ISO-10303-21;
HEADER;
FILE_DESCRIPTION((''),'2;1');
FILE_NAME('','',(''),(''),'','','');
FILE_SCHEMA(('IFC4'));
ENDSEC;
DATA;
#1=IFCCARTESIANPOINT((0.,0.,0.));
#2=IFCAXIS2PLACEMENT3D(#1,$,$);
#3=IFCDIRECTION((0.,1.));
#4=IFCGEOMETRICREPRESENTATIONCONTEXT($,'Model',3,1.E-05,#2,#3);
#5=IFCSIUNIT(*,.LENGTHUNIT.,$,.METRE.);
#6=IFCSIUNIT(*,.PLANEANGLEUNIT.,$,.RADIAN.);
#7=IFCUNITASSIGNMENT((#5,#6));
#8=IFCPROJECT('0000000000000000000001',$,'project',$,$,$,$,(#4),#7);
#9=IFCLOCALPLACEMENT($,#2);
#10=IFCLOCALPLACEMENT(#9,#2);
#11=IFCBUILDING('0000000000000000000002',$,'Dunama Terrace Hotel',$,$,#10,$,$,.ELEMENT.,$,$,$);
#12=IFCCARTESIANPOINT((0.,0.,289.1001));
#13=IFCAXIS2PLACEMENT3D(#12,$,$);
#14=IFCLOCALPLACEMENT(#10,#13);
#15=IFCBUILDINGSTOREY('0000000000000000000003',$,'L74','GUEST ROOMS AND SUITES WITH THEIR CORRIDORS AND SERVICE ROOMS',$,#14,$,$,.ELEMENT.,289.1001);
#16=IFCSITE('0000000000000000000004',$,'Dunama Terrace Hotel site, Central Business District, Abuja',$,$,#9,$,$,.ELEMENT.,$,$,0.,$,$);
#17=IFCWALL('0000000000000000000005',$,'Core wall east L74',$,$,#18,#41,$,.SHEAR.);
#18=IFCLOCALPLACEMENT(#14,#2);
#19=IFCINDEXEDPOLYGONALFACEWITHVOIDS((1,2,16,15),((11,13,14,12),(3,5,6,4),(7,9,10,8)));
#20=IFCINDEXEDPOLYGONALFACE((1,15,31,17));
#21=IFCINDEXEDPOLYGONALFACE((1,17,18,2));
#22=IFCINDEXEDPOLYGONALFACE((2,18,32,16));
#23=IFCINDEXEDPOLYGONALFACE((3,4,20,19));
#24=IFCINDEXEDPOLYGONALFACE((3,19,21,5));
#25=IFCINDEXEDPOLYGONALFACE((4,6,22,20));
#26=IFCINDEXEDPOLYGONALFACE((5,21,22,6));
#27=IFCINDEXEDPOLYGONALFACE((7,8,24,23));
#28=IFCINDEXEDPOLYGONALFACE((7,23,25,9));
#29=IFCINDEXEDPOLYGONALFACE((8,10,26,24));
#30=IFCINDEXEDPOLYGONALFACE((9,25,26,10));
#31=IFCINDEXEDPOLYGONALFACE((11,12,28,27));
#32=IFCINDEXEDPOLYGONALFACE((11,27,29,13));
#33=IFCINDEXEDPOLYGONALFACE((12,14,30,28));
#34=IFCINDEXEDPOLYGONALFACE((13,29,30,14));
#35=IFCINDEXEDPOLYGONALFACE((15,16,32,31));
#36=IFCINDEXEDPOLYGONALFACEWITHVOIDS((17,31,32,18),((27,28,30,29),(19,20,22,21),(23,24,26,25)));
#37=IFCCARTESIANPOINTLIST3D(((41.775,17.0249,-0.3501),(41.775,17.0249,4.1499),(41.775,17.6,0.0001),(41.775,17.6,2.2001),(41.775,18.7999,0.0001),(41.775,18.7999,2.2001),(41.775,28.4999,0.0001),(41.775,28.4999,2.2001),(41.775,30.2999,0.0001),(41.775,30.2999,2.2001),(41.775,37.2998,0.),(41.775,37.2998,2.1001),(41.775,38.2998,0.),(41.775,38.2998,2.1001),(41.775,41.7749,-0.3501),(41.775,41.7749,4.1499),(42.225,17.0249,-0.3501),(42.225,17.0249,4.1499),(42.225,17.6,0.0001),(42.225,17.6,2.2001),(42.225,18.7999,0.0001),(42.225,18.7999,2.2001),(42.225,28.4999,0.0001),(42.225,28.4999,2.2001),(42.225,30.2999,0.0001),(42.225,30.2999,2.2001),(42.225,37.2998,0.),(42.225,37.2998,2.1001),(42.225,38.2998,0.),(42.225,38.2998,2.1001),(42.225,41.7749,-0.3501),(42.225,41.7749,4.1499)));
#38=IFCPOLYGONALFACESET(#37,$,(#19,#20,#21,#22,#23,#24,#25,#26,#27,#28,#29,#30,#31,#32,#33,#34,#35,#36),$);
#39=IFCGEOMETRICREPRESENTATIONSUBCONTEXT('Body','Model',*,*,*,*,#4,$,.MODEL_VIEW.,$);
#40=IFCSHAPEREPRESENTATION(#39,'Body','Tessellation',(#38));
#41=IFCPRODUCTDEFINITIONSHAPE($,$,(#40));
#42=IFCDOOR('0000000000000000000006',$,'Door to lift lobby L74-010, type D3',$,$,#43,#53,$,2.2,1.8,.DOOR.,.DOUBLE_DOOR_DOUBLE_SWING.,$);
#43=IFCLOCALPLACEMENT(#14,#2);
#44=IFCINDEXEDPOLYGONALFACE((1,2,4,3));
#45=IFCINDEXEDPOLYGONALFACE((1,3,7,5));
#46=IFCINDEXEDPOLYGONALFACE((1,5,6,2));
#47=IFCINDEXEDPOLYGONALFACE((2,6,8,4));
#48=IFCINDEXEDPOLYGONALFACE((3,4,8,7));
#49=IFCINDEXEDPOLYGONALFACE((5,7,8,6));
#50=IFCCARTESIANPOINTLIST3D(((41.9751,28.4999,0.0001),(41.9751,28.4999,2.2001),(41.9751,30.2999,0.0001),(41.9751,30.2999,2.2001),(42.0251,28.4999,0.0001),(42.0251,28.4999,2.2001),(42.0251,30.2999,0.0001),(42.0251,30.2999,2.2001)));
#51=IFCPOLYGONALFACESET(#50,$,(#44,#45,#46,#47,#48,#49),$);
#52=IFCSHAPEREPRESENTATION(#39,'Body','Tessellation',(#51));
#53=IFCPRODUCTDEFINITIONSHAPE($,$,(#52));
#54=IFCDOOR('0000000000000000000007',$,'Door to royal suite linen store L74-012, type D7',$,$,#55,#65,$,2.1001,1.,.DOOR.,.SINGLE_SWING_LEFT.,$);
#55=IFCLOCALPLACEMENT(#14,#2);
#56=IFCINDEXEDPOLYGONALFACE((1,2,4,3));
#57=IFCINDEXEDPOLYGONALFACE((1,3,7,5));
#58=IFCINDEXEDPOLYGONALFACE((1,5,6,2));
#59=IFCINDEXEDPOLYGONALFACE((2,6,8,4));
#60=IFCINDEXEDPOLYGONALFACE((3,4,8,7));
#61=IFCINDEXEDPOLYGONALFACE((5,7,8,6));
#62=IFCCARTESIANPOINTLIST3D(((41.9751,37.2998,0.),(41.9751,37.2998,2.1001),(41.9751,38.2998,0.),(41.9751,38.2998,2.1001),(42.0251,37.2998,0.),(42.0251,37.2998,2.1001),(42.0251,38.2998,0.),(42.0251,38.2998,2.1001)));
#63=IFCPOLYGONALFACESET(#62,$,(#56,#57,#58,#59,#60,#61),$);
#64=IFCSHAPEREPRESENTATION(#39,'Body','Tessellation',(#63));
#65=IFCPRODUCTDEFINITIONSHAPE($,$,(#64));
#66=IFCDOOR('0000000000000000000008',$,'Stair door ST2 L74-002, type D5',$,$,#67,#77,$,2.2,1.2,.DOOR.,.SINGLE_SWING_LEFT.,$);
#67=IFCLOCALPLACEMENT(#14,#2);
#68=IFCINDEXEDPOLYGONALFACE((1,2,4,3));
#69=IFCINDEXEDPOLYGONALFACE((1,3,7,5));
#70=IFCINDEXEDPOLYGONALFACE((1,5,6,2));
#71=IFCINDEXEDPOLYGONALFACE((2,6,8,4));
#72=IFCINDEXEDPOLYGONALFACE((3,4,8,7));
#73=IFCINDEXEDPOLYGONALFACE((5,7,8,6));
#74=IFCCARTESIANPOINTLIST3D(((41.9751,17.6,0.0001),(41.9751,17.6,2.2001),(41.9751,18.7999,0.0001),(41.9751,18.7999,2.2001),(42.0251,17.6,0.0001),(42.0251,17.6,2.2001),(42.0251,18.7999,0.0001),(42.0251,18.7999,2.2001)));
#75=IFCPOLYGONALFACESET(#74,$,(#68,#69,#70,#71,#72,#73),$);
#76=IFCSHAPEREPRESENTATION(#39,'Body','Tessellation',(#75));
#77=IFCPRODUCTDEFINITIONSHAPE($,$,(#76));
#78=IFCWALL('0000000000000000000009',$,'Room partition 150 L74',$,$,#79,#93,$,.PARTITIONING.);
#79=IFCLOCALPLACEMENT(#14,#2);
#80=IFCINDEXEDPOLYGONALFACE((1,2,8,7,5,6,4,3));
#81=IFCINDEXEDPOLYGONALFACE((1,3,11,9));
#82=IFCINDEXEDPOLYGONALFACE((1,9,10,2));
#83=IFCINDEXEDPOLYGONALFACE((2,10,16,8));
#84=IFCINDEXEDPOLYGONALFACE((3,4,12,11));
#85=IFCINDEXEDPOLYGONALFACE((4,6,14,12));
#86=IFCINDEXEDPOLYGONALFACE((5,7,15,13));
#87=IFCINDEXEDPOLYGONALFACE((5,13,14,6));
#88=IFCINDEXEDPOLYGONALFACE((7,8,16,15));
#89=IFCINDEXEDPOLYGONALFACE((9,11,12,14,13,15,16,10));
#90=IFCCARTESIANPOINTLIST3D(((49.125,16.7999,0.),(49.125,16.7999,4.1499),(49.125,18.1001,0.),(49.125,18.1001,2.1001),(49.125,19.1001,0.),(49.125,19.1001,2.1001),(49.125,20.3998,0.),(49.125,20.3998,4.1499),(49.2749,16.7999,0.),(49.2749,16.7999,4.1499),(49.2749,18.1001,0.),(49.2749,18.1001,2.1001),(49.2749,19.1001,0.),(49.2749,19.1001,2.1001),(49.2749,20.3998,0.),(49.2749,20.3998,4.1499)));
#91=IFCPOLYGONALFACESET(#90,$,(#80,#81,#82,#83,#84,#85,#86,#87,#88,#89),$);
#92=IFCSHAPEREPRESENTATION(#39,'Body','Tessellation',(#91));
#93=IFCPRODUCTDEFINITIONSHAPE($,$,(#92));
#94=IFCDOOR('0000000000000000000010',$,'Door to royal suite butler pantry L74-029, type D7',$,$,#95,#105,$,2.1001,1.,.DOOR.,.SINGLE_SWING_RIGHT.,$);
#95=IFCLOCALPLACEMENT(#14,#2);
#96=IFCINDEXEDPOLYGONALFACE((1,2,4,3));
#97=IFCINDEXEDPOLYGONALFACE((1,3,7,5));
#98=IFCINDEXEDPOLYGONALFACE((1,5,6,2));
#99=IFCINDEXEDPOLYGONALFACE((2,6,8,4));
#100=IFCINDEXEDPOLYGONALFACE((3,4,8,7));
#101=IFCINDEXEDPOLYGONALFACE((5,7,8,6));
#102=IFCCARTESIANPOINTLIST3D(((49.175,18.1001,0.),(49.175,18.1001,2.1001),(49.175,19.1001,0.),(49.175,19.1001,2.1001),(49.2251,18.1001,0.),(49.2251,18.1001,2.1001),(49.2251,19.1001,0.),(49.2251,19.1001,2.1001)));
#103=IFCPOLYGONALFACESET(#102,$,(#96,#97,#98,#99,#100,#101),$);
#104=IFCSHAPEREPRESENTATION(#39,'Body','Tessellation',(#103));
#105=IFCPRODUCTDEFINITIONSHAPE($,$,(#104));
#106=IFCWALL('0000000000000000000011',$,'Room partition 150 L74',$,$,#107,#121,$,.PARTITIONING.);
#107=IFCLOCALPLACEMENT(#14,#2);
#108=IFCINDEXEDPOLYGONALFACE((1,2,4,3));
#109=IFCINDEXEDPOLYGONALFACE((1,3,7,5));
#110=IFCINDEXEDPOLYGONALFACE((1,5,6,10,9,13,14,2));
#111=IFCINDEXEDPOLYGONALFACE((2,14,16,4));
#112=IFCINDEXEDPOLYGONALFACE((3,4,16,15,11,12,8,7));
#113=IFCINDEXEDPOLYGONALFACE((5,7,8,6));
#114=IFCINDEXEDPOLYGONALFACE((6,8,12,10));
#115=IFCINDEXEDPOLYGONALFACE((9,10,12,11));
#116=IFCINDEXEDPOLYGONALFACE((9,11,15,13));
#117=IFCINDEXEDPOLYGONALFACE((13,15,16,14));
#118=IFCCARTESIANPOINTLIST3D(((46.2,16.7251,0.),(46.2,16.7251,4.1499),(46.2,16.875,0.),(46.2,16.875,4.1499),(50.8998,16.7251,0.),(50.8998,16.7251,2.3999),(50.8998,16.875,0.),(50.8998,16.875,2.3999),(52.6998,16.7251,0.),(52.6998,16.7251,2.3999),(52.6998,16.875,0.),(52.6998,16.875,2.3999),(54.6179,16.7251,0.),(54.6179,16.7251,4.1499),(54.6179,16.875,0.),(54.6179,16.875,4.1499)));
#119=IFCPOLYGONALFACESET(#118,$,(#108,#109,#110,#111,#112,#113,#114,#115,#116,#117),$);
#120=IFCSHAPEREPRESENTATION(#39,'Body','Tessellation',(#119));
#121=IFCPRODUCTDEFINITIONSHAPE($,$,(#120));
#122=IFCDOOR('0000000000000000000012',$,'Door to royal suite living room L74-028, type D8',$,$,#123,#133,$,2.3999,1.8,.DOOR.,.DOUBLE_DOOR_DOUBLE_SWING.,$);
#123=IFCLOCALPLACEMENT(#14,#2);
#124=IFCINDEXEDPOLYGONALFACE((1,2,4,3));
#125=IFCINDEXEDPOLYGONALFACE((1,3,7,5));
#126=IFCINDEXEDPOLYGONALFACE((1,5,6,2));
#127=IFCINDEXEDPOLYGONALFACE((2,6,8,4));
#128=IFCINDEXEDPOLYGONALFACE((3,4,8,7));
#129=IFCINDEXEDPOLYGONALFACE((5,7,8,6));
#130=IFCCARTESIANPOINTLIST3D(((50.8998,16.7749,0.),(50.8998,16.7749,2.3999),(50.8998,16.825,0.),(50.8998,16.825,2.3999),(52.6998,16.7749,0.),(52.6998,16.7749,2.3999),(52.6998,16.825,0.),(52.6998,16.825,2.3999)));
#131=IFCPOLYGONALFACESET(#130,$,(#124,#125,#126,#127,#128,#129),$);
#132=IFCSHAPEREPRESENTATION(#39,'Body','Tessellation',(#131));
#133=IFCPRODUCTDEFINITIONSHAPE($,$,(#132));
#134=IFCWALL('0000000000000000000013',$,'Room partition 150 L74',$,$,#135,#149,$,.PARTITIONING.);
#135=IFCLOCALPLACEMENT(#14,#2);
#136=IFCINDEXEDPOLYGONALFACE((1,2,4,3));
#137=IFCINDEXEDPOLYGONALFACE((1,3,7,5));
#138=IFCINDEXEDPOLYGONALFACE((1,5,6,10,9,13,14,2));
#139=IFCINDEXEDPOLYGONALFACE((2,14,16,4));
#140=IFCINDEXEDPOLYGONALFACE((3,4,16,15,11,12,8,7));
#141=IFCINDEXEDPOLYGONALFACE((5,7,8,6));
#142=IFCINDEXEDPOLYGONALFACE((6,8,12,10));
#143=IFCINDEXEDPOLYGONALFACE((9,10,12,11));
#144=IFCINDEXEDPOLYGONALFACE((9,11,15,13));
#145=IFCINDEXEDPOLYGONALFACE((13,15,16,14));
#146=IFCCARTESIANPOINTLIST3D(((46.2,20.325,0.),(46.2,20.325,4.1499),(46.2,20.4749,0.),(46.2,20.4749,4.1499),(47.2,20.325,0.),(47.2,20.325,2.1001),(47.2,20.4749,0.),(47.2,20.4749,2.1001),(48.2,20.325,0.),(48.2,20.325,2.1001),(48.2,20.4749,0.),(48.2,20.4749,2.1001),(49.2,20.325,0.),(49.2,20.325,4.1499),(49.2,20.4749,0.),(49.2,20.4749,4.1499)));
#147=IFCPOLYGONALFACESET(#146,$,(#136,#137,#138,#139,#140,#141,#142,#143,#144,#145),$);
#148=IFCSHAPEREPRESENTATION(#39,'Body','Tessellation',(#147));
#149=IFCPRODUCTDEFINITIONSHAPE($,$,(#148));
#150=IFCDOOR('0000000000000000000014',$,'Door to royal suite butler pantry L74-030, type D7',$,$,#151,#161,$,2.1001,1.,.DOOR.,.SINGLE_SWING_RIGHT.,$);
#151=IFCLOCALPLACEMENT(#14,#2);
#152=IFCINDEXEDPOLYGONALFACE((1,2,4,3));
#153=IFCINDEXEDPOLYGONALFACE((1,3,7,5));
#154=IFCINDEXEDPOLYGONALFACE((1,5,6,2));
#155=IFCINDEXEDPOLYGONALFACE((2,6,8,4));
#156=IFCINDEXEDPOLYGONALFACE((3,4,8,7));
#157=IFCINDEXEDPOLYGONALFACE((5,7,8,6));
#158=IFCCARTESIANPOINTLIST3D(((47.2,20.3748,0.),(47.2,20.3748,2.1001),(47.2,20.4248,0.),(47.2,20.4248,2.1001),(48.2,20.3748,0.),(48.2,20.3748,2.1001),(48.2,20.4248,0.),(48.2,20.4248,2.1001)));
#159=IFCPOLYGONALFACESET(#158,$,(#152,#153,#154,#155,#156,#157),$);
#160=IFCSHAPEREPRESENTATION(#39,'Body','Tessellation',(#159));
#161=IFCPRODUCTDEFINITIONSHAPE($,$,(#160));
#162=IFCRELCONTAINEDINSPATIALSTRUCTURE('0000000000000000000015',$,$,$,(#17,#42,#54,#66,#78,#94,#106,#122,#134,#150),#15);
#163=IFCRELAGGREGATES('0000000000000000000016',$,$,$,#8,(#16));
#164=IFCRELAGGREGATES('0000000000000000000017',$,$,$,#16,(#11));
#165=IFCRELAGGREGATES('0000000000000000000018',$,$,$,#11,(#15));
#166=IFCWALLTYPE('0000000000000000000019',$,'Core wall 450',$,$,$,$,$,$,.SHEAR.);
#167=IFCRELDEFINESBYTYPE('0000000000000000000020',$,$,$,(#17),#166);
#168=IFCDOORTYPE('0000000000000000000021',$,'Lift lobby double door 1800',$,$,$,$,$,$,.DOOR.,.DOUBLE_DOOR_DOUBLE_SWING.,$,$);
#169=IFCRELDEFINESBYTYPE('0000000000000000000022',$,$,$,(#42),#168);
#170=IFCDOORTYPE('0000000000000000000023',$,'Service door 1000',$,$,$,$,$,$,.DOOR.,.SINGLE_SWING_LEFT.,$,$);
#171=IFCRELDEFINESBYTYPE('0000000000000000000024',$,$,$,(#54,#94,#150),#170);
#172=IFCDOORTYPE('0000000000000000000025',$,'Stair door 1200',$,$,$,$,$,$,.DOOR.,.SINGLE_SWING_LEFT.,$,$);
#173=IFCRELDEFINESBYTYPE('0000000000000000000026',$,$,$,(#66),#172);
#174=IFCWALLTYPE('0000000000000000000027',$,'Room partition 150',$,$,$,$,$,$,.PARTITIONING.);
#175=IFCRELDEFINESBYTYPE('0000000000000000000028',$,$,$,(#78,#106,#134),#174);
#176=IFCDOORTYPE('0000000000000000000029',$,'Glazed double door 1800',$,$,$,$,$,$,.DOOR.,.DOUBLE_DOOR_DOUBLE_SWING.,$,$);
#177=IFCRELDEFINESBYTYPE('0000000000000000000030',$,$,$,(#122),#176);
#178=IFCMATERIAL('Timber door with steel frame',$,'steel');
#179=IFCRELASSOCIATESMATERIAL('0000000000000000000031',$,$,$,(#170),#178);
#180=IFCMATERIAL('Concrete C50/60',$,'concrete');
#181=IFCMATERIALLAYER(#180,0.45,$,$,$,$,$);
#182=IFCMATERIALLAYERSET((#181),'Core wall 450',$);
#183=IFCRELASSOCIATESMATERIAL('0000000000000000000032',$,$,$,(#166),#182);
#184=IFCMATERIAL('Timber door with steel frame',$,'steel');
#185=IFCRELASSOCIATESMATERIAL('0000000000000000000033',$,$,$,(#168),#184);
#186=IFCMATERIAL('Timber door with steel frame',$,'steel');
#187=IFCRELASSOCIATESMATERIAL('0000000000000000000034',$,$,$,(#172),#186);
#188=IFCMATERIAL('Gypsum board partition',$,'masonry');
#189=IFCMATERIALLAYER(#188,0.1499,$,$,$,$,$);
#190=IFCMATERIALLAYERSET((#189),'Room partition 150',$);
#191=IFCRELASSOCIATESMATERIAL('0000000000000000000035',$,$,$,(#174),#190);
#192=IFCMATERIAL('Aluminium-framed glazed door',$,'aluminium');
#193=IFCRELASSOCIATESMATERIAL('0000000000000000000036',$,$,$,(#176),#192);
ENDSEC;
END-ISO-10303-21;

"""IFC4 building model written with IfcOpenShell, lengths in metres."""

from ifc_helpers import new_model, si_unit, direction, frame, frame_2d, origin, place, context, subcontext, project, spatial, rectangle, extrude, material, layer, layer_set, type_object, element, fill, save


model = new_model("IFC4")

# Units and contexts
model_context = context("Model", 3, precision=1e-05, world=origin(), true_north=direction((0.0, 1.0)))
body_context = subcontext(model_context, "Body", "Model", "MODEL_VIEW")
ifc_project = project(units=[si_unit("LENGTHUNIT", "METRE"), si_unit("PLANEANGLEUNIT", "RADIAN")], contexts=[model_context])

# Site, building, storey
site_placement = place(None, origin())
site = spatial("IfcSite", under=ifc_project, at=site_placement, Name="Dunama Terrace Hotel site, Central Business District, Abuja", CompositionType="ELEMENT", RefElevation=0.0)
building_placement = place(site_placement, origin())
building = spatial("IfcBuilding", under=site, at=building_placement, Name="Dunama Terrace Hotel", CompositionType="ELEMENT")
storey_placement = place(building_placement, frame((0.0, 0.0, 289.1001)))
storey = spatial("IfcBuildingStorey", under=building, at=storey_placement, Name="L74", Description="GUEST ROOMS AND SUITES WITH THEIR CORRIDORS AND SERVICE ROOMS", CompositionType="ELEMENT", Elevation=289.1001)

# Shared definitions
ifc_material_1 = material(Name="Timber door with steel frame", Category="steel")
door_type_1 = type_object("IfcDoorType", Name="Service door 1000", OperationType="SINGLE_SWING_LEFT", PredefinedType="DOOR", material=ifc_material_1)

# Wall, openings, doors
ifc_material_2 = material(Name="Concrete C50/60", Category="concrete")
ifc_layer_1 = layer(ifc_material_2, 0.45)
ifc_layer_set_1 = layer_set([ifc_layer_1], Name="Core wall 450")
wall_type_1 = type_object("IfcWallType", Name="Core wall 450", PredefinedType="SHEAR", material=ifc_layer_set_1)
wall_1_placement = place(storey_placement, frame((42.0, 17.0249, -0.3501), z_axis=(0.0, 0.0, 1.0), x_axis=(0.0, 1.0, 0.0)))
wall_1 = element("IfcWall", 1, at=wall_1_placement, inside=storey, type_object=wall_type_1, Name="Core wall east L74", PredefinedType="SHEAR", context=body_context, shape_type="SweptSolid", body=[
    extrude(rectangle(XDim=24.75, YDim=0.45, at=frame_2d((12.375, 0.0))), origin(), (0.0, 0.0, 1.0), 4.5),
])
opening_1_placement = place(wall_1_placement, frame((0.575, 0.0, 0.3501)))
opening_1 = element("IfcOpeningElement", 2, at=opening_1_placement, cuts=wall_1, PredefinedType="OPENING", context=body_context, shape_type="SweptSolid", body=[
    extrude(rectangle(XDim=1.2, YDim=2.2, at=frame_2d((0.6001, 1.1001))), frame((0.0, 0.2349, 0.0), z_axis=(0.0, -1.0, 0.0), x_axis=(1.0, 0.0, 0.0)), (0.0, 0.0, 1.0), 0.47),
])
opening_2_placement = place(wall_1_placement, frame((11.4751, 0.0, 0.3501)))
opening_2 = element("IfcOpeningElement", 3, at=opening_2_placement, cuts=wall_1, PredefinedType="OPENING", context=body_context, shape_type="SweptSolid", body=[
    extrude(rectangle(XDim=1.8, YDim=2.2, at=frame_2d((0.8999, 1.1001))), frame((0.0, 0.2349, 0.0), z_axis=(0.0, -1.0, 0.0), x_axis=(1.0, 0.0, 0.0)), (0.0, 0.0, 1.0), 0.47),
])
opening_3_placement = place(wall_1_placement, frame((20.2749, 0.0, 0.3501)))
opening_3 = element("IfcOpeningElement", 4, at=opening_3_placement, cuts=wall_1, PredefinedType="OPENING", context=body_context, shape_type="SweptSolid", body=[
    extrude(rectangle(XDim=1.0, YDim=2.1001, at=frame_2d((0.5, 1.05))), frame((0.0, 0.2349, 0.0), z_axis=(0.0, -1.0, 0.0), x_axis=(1.0, 0.0, 0.0)), (0.0, 0.0, 1.0), 0.47),
])
ifc_material_3 = material(Name="Timber door with steel frame", Category="steel")
door_type_2 = type_object("IfcDoorType", Name="Lift lobby double door 1800", OperationType="DOUBLE_DOOR_DOUBLE_SWING", PredefinedType="DOOR", material=ifc_material_3)
door_1_placement = place(opening_2_placement, origin())
door_1 = element("IfcDoor", 5, at=door_1_placement, inside=storey, type_object=door_type_2, Name="Door to lift lobby L74-010, type D3", OperationType="DOUBLE_DOOR_DOUBLE_SWING", OverallHeight=2.2, OverallWidth=1.8, PredefinedType="DOOR", context=body_context, shape_type="SweptSolid", body=[
    extrude(rectangle(XDim=1.8, YDim=2.2, at=frame_2d((0.8999, 1.1001))), frame((0.0, 0.0249, 0.0), z_axis=(0.0, -1.0, 0.0), x_axis=(1.0, 0.0, 0.0)), (0.0, 0.0, 1.0), 0.05),
])
fill(opening_2, door_1)
door_2_placement = place(opening_3_placement, origin())
door_2 = element("IfcDoor", 6, at=door_2_placement, inside=storey, type_object=door_type_1, Name="Door to royal suite linen store L74-012, type D7", OperationType="SINGLE_SWING_LEFT", OverallHeight=2.1001, OverallWidth=1.0, PredefinedType="DOOR", context=body_context, shape_type="SweptSolid", body=[
    extrude(rectangle(XDim=1.0, YDim=2.1001, at=frame_2d((0.5, 1.05))), frame((0.0, 0.0249, 0.0), z_axis=(0.0, -1.0, 0.0), x_axis=(1.0, 0.0, 0.0)), (0.0, 0.0, 1.0), 0.05),
])
fill(opening_3, door_2)
ifc_material_4 = material(Name="Timber door with steel frame", Category="steel")
door_type_3 = type_object("IfcDoorType", Name="Stair door 1200", OperationType="SINGLE_SWING_LEFT", PredefinedType="DOOR", material=ifc_material_4)
door_3_placement = place(opening_1_placement, origin())
door_3 = element("IfcDoor", 7, at=door_3_placement, inside=storey, type_object=door_type_3, Name="Stair door ST2 L74-002, type D5", OperationType="SINGLE_SWING_LEFT", OverallHeight=2.2, OverallWidth=1.2, PredefinedType="DOOR", context=body_context, shape_type="SweptSolid", body=[
    extrude(rectangle(XDim=1.2, YDim=2.2, at=frame_2d((0.6001, 1.1001))), frame((0.0, 0.0249, 0.0), z_axis=(0.0, -1.0, 0.0), x_axis=(1.0, 0.0, 0.0)), (0.0, 0.0, 1.0), 0.05),
])
fill(opening_1, door_3)

# Walls, openings, doors
ifc_material_5 = material(Name="Gypsum board partition", Category="masonry")
ifc_layer_2 = layer(ifc_material_5, 0.1499)
ifc_layer_set_2 = layer_set([ifc_layer_2], Name="Room partition 150")
wall_type_2 = type_object("IfcWallType", Name="Room partition 150", PredefinedType="PARTITIONING", material=ifc_layer_set_2)
wall_2_placement = place(storey_placement, frame((49.2, 16.8, 0.0), z_axis=(0.0, 0.0, 1.0), x_axis=(0.0, 1.0, 0.0)))
wall_2 = element("IfcWall", 8, at=wall_2_placement, inside=storey, type_object=wall_type_2, Name="Room partition 150 L74", PredefinedType="PARTITIONING", context=body_context, shape_type="SweptSolid", body=[
    extrude(rectangle(XDim=3.5999, YDim=0.1499, at=frame_2d((1.7998, 0.0))), origin(), (0.0, 0.0, 1.0), 4.1499),
])
opening_4_placement = place(wall_2_placement, frame((1.3, 0.0, 0.0)))
opening_4 = element("IfcOpeningElement", 9, at=opening_4_placement, cuts=wall_2, PredefinedType="OPENING", context=body_context, shape_type="SweptSolid", body=[
    extrude(rectangle(XDim=1.0, YDim=2.1001, at=frame_2d((0.5, 1.05))), frame((0.0, 0.085, 0.0), z_axis=(0.0, -1.0, 0.0), x_axis=(1.0, 0.0, 0.0)), (0.0, 0.0, 1.0), 0.1699),
])
door_4_placement = place(opening_4_placement, origin())
door_4 = element("IfcDoor", 10, at=door_4_placement, inside=storey, type_object=door_type_1, Name="Door to royal suite butler pantry L74-029, type D7", OperationType="SINGLE_SWING_RIGHT", OverallHeight=2.1001, OverallWidth=1.0, PredefinedType="DOOR", context=body_context, shape_type="SweptSolid", body=[
    extrude(rectangle(XDim=1.0, YDim=2.1001, at=frame_2d((0.5, 1.05))), frame((0.0, 0.0249, 0.0), z_axis=(0.0, -1.0, 0.0), x_axis=(1.0, 0.0, 0.0)), (0.0, 0.0, 1.0), 0.05),
])
fill(opening_4, door_4)
wall_3_placement = place(storey_placement, frame((46.2, 16.8, 0.0), z_axis=(0.0, 0.0, 1.0), x_axis=(1.0, 0.0, 0.0)))
wall_3 = element("IfcWall", 11, at=wall_3_placement, inside=storey, type_object=wall_type_2, Name="Room partition 150 L74", PredefinedType="PARTITIONING", context=body_context, shape_type="SweptSolid", body=[
    extrude(rectangle(XDim=8.418, YDim=0.1499, at=frame_2d((4.209, 0.0))), origin(), (0.0, 0.0, 1.0), 4.1499),
])
opening_5_placement = place(wall_3_placement, frame((4.7, 0.0, 0.0)))
opening_5 = element("IfcOpeningElement", 12, at=opening_5_placement, cuts=wall_3, PredefinedType="OPENING", context=body_context, shape_type="SweptSolid", body=[
    extrude(rectangle(XDim=1.8, YDim=2.3999, at=frame_2d((0.8999, 1.2))), frame((0.0, 0.085, 0.0), z_axis=(0.0, -1.0, 0.0), x_axis=(1.0, 0.0, 0.0)), (0.0, 0.0, 1.0), 0.1699),
])
ifc_material_6 = material(Name="Aluminium-framed glazed door", Category="aluminium")
door_type_4 = type_object("IfcDoorType", Name="Glazed double door 1800", OperationType="DOUBLE_DOOR_DOUBLE_SWING", PredefinedType="DOOR", material=ifc_material_6)
door_5_placement = place(opening_5_placement, origin())
door_5 = element("IfcDoor", 13, at=door_5_placement, inside=storey, type_object=door_type_4, Name="Door to royal suite living room L74-028, type D8", OperationType="DOUBLE_DOOR_DOUBLE_SWING", OverallHeight=2.3999, OverallWidth=1.8, PredefinedType="DOOR", context=body_context, shape_type="SweptSolid", body=[
    extrude(rectangle(XDim=1.8, YDim=2.3999, at=frame_2d((0.8999, 1.2))), frame((0.0, 0.0249, 0.0), z_axis=(0.0, -1.0, 0.0), x_axis=(1.0, 0.0, 0.0)), (0.0, 0.0, 1.0), 0.05),
])
fill(opening_5, door_5)
wall_4_placement = place(storey_placement, frame((46.2, 20.3999, 0.0), z_axis=(0.0, 0.0, 1.0), x_axis=(1.0, 0.0, 0.0)))
wall_4 = element("IfcWall", 14, at=wall_4_placement, inside=storey, type_object=wall_type_2, Name="Room partition 150 L74", PredefinedType="PARTITIONING", context=body_context, shape_type="SweptSolid", body=[
    extrude(rectangle(XDim=3.0, YDim=0.1499, at=frame_2d((1.5, 0.0))), origin(), (0.0, 0.0, 1.0), 4.1499),
])
opening_6_placement = place(wall_4_placement, frame((1.0, 0.0, 0.0)))
opening_6 = element("IfcOpeningElement", 15, at=opening_6_placement, cuts=wall_4, PredefinedType="OPENING", context=body_context, shape_type="SweptSolid", body=[
    extrude(rectangle(XDim=1.0, YDim=2.1001, at=frame_2d((0.5, 1.05))), frame((0.0, 0.085, 0.0), z_axis=(0.0, -1.0, 0.0), x_axis=(1.0, 0.0, 0.0)), (0.0, 0.0, 1.0), 0.1699),
])
door_6_placement = place(opening_6_placement, frame((1.0, 0.0, 0.0), z_axis=(0.0, 0.0, 1.0), x_axis=(-1.0, 0.0, 0.0)))
door_6 = element("IfcDoor", 16, at=door_6_placement, inside=storey, type_object=door_type_1, Name="Door to royal suite butler pantry L74-030, type D7", OperationType="SINGLE_SWING_RIGHT", OverallHeight=2.1001, OverallWidth=1.0, PredefinedType="DOOR", context=body_context, shape_type="SweptSolid", body=[
    extrude(rectangle(XDim=1.0, YDim=2.1001, at=frame_2d((0.5, 1.05))), frame((0.0, 0.0251, 0.0), z_axis=(0.0, -1.0, 0.0), x_axis=(1.0, 0.0, 0.0)), (0.0, 0.0, 1.0), 0.05),
])
fill(opening_6, door_6)

save(model, "model.ifc")
